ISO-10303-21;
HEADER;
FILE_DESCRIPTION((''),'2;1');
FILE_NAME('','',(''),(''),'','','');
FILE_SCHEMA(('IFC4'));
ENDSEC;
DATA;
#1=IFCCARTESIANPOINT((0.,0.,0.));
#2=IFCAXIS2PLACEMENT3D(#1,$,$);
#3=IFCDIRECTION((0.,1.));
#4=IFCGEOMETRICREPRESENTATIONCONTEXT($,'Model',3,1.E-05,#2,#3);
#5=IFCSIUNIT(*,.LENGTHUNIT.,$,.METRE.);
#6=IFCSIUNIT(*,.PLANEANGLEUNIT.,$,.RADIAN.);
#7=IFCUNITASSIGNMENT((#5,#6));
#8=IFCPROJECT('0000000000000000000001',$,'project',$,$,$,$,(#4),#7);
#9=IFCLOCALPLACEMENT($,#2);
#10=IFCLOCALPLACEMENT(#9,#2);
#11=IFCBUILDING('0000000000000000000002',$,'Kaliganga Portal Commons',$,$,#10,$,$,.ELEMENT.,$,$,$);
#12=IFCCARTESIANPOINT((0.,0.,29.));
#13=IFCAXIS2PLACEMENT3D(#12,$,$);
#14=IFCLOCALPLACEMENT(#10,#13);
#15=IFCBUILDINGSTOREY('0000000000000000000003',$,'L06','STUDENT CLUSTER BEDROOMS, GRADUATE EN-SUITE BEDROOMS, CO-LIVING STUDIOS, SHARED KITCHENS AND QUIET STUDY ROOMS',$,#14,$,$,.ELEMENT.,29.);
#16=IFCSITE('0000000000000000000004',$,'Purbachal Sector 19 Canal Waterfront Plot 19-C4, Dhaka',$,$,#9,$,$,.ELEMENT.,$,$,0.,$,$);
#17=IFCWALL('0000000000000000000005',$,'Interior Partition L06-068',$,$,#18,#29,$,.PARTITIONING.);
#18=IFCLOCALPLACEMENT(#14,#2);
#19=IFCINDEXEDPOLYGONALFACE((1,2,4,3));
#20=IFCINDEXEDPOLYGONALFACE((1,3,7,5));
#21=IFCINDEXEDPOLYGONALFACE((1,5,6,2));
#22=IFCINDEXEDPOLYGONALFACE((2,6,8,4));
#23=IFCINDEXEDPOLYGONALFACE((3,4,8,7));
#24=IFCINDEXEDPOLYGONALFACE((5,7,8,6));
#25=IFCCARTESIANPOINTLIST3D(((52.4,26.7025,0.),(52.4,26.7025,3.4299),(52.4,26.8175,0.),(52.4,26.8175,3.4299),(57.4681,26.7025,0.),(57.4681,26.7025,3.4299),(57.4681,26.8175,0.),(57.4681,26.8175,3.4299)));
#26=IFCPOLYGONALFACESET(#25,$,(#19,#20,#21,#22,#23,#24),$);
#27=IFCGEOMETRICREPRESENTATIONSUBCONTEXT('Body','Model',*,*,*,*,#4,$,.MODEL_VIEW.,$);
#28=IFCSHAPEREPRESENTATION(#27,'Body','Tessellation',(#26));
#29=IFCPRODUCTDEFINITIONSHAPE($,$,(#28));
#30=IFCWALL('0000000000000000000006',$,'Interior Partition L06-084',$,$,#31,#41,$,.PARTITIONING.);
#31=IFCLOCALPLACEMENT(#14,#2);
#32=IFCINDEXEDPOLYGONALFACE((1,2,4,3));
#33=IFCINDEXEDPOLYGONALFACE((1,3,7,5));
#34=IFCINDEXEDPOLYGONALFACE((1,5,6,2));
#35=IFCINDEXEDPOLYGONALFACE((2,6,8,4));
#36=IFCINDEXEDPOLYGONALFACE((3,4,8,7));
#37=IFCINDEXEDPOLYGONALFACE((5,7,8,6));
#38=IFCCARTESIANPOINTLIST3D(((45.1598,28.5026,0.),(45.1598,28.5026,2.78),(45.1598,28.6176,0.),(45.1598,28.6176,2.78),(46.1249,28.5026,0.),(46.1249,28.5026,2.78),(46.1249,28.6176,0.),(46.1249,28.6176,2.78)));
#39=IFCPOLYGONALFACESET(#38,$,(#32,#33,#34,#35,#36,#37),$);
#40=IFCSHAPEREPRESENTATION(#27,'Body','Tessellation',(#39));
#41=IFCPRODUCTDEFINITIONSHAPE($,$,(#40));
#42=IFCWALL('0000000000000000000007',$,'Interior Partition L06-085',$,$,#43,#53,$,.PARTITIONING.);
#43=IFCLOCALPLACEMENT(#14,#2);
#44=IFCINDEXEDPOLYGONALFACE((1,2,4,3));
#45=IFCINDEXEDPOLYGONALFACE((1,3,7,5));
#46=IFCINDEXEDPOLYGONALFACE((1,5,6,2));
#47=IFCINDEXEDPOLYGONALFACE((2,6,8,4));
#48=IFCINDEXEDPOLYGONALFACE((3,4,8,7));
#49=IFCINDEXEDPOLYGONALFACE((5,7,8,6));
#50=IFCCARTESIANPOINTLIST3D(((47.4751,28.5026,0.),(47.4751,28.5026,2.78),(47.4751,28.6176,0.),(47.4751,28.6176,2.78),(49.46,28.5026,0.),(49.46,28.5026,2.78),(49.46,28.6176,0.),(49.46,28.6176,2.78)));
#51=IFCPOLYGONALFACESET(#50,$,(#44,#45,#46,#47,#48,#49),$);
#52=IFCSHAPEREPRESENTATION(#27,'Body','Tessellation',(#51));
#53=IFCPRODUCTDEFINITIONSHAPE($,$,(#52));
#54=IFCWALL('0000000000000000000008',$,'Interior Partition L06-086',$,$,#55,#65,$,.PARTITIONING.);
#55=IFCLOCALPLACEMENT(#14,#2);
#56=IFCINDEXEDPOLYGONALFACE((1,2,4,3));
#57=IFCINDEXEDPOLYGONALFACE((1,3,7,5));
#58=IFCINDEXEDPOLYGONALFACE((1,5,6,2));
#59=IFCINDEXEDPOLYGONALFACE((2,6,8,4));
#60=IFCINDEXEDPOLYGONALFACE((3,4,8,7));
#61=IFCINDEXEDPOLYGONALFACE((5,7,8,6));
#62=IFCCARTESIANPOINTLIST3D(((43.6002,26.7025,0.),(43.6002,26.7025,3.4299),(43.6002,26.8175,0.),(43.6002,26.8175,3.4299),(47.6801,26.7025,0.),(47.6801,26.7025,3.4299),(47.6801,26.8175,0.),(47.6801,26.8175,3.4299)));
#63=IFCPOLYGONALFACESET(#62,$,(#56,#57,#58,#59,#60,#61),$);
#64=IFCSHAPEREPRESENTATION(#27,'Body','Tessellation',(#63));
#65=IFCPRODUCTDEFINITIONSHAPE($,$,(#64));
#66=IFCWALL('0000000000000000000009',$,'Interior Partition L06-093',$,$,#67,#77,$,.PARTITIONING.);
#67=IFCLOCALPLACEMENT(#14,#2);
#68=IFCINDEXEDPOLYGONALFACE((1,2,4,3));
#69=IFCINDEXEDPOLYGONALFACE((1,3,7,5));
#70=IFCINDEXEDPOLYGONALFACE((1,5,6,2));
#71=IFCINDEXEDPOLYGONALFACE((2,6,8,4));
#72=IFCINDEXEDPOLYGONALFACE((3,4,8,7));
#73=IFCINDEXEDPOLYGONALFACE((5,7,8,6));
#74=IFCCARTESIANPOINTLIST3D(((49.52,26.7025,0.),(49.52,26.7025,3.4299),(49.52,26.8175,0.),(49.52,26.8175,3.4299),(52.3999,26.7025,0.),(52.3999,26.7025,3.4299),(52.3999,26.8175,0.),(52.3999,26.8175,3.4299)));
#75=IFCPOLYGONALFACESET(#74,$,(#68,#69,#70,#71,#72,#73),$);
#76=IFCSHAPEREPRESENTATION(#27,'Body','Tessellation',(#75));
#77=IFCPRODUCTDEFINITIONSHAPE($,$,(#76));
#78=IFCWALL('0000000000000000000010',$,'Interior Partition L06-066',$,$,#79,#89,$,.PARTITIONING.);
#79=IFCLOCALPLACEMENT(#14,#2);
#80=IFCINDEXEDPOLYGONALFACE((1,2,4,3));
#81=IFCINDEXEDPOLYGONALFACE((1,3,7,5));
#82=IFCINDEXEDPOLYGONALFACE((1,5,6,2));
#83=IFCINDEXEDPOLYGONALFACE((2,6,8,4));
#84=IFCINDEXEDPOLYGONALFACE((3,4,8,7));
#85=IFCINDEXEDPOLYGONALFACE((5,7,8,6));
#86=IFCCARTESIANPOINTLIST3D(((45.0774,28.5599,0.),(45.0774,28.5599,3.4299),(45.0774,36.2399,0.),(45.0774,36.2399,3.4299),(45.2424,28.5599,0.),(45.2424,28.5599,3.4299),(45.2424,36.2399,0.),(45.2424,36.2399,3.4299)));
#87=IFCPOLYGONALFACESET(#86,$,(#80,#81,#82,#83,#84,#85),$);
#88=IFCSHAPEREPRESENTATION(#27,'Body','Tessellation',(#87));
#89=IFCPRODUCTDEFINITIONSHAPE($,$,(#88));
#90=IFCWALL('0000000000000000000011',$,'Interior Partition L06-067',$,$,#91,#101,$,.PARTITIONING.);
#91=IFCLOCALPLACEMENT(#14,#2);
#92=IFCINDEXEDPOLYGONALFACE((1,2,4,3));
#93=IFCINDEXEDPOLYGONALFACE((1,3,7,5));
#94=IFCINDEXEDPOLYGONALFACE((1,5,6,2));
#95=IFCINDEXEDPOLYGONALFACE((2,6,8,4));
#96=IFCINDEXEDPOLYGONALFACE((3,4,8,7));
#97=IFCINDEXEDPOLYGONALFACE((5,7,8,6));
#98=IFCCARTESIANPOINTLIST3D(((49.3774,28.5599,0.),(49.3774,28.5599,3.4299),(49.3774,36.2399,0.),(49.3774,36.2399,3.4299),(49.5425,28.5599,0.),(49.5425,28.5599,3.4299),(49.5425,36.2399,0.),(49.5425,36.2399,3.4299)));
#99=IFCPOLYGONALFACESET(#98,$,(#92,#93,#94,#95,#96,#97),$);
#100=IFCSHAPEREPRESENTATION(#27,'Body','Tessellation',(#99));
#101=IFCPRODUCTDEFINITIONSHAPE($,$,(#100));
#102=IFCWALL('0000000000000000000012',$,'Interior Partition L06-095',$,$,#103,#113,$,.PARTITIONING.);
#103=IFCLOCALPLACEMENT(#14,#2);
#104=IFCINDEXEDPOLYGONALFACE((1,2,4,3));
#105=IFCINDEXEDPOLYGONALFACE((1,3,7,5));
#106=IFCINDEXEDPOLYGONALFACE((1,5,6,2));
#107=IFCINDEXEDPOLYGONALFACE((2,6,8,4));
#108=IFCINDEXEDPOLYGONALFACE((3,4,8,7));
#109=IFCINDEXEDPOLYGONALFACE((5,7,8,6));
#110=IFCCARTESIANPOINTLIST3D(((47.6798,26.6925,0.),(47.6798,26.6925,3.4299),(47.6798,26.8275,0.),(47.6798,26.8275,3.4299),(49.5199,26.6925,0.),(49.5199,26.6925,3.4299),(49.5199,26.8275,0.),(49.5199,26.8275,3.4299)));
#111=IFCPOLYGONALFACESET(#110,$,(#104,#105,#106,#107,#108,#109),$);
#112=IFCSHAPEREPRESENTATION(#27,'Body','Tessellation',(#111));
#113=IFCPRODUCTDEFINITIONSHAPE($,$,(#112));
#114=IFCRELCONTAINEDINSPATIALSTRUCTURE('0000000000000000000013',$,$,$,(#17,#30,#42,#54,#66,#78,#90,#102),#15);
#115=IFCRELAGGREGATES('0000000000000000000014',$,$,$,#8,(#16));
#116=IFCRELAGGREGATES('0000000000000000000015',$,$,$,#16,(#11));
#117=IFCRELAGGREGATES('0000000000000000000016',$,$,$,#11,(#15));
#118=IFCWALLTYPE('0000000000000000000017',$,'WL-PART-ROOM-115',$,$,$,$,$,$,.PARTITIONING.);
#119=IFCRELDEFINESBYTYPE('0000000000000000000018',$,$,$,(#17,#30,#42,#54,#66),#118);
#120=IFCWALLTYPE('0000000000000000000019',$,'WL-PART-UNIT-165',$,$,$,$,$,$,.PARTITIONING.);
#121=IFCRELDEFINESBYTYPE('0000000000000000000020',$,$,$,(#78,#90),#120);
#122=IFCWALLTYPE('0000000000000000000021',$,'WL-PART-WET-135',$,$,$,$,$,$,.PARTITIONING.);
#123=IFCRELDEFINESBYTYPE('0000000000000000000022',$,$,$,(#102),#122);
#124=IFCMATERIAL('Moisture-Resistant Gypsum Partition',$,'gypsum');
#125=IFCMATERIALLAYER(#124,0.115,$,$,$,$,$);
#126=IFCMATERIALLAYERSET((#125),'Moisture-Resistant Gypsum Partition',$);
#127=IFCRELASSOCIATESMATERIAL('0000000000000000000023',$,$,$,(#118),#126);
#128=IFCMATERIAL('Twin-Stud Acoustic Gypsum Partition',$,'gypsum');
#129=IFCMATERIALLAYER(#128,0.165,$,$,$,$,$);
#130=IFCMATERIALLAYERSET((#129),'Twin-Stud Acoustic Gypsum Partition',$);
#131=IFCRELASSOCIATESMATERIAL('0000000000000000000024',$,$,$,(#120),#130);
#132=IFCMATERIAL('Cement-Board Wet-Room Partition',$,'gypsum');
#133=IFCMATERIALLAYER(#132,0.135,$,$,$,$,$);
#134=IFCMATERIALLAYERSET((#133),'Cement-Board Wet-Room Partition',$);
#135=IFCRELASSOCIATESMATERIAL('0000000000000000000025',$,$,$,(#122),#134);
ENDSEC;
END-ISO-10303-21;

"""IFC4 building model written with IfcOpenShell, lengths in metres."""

from ifc_helpers import new_model, si_unit, direction, frame, frame_2d, origin, place, context, subcontext, project, spatial, rectangle, extrude, material, layer, layer_set, type_object, element, save


model = new_model("IFC4")

# Units and contexts
model_context = context("Model", 3, precision=1e-05, world=origin(), true_north=direction((0.0, 1.0)))
body_context = subcontext(model_context, "Body", "Model", "MODEL_VIEW")
ifc_project = project(units=[si_unit("LENGTHUNIT", "METRE"), si_unit("PLANEANGLEUNIT", "RADIAN")], contexts=[model_context])

# Site, building, storey
site_placement = place(None, origin())
site = spatial("IfcSite", under=ifc_project, at=site_placement, Name="Purbachal Sector 19 Canal Waterfront Plot 19-C4, Dhaka", CompositionType="ELEMENT", RefElevation=0.0)
building_placement = place(site_placement, origin())
building = spatial("IfcBuilding", under=site, at=building_placement, Name="Kaliganga Portal Commons", CompositionType="ELEMENT")
storey_placement = place(building_placement, frame((0.0, 0.0, 29.0)))
storey = spatial("IfcBuildingStorey", under=building, at=storey_placement, Name="L06", Description="STUDENT CLUSTER BEDROOMS, GRADUATE EN-SUITE BEDROOMS, CO-LIVING STUDIOS, SHARED KITCHENS AND QUIET STUDY ROOMS", CompositionType="ELEMENT", Elevation=29.0)

# Walls
ifc_material_1 = material(Name="Moisture-Resistant Gypsum Partition", Category="gypsum")
ifc_layer_1 = layer(ifc_material_1, 0.115)
ifc_layer_set_1 = layer_set([ifc_layer_1], Name="Moisture-Resistant Gypsum Partition")
wall_type_1 = type_object("IfcWallType", Name="WL-PART-ROOM-115", PredefinedType="PARTITIONING", material=ifc_layer_set_1)
wall_1_placement = place(storey_placement, frame((52.3999, 26.76, 0.0), z_axis=(0.0, 0.0, 1.0), x_axis=(1.0, 0.0, 0.0)))
element("IfcWall", 1, at=wall_1_placement, inside=storey, type_object=wall_type_1, Name="Interior Partition L06-068", PredefinedType="PARTITIONING", context=body_context, shape_type="SweptSolid", body=[
    extrude(rectangle(XDim=5.0681, YDim=0.115, at=frame_2d((2.5342, 0.0))), origin(), (0.0, 0.0, 1.0), 3.4299),
])
wall_2_placement = place(storey_placement, frame((45.1599, 28.5601, 0.0), z_axis=(0.0, 0.0, 1.0), x_axis=(1.0, 0.0, 0.0)))
element("IfcWall", 2, at=wall_2_placement, inside=storey, type_object=wall_type_1, Name="Interior Partition L06-084", PredefinedType="PARTITIONING", context=body_context, shape_type="SweptSolid", body=[
    extrude(rectangle(XDim=0.9651, YDim=0.115, at=frame_2d((0.4824, 0.0))), origin(), (0.0, 0.0, 1.0), 2.78),
])
wall_3_placement = place(storey_placement, frame((47.4751, 28.5601, 0.0), z_axis=(0.0, 0.0, 1.0), x_axis=(1.0, 0.0, 0.0)))
element("IfcWall", 3, at=wall_3_placement, inside=storey, type_object=wall_type_1, Name="Interior Partition L06-085", PredefinedType="PARTITIONING", context=body_context, shape_type="SweptSolid", body=[
    extrude(rectangle(XDim=1.9849, YDim=0.115, at=frame_2d((0.9924, 0.0))), origin(), (0.0, 0.0, 1.0), 2.78),
])
wall_4_placement = place(storey_placement, frame((43.6001, 26.76, 0.0), z_axis=(0.0, 0.0, 1.0), x_axis=(1.0, 0.0, 0.0)))
element("IfcWall", 4, at=wall_4_placement, inside=storey, type_object=wall_type_1, Name="Interior Partition L06-086", PredefinedType="PARTITIONING", context=body_context, shape_type="SweptSolid", body=[
    extrude(rectangle(XDim=4.0798, YDim=0.115, at=frame_2d((2.04, 0.0))), origin(), (0.0, 0.0, 1.0), 3.4299),
])
wall_5_placement = place(storey_placement, frame((49.52, 26.76, 0.0), z_axis=(0.0, 0.0, 1.0), x_axis=(1.0, 0.0, 0.0)))
element("IfcWall", 5, at=wall_5_placement, inside=storey, type_object=wall_type_1, Name="Interior Partition L06-093", PredefinedType="PARTITIONING", context=body_context, shape_type="SweptSolid", body=[
    extrude(rectangle(XDim=2.8799, YDim=0.115, at=frame_2d((1.4399, 0.0))), origin(), (0.0, 0.0, 1.0), 3.4299),
])
ifc_material_2 = material(Name="Twin-Stud Acoustic Gypsum Partition", Category="gypsum")
ifc_layer_2 = layer(ifc_material_2, 0.165)
ifc_layer_set_2 = layer_set([ifc_layer_2], Name="Twin-Stud Acoustic Gypsum Partition")
wall_type_2 = type_object("IfcWallType", Name="WL-PART-UNIT-165", PredefinedType="PARTITIONING", material=ifc_layer_set_2)
for number, where, z_axis, x_axis, name in (
    (6, (45.1599, 28.5601, 0.0), (0.0, 0.0, 1.0), (0.0, 1.0, 0.0), "Interior Partition L06-066"),
    (7, (49.46, 28.5601, 0.0), (0.0, 0.0, 1.0), (0.0, 1.0, 0.0), "Interior Partition L06-067"),
):
    element("IfcWall", number, at=place(storey_placement, frame(where, z_axis=z_axis, x_axis=x_axis)), inside=storey, type_object=wall_type_2, Name=name, PredefinedType="PARTITIONING", context=body_context, shape_type="SweptSolid", body=[
        extrude(rectangle(XDim=7.6799, YDim=0.165, at=frame_2d((3.8398, 0.0))), origin(), (0.0, 0.0, 1.0), 3.4299),
    ])
ifc_material_3 = material(Name="Cement-Board Wet-Room Partition", Category="gypsum")
ifc_layer_3 = layer(ifc_material_3, 0.135)
ifc_layer_set_3 = layer_set([ifc_layer_3], Name="Cement-Board Wet-Room Partition")
wall_type_3 = type_object("IfcWallType", Name="WL-PART-WET-135", PredefinedType="PARTITIONING", material=ifc_layer_set_3)
wall_6_placement = place(storey_placement, frame((47.6799, 26.76, 0.0), z_axis=(0.0, 0.0, 1.0), x_axis=(1.0, 0.0, 0.0)))
element("IfcWall", 8, at=wall_6_placement, inside=storey, type_object=wall_type_3, Name="Interior Partition L06-095", PredefinedType="PARTITIONING", context=body_context, shape_type="SweptSolid", body=[
    extrude(rectangle(XDim=1.8401, YDim=0.135, at=frame_2d((0.9199, 0.0))), origin(), (0.0, 0.0, 1.0), 3.4299),
])

save(model, "model.ifc")
